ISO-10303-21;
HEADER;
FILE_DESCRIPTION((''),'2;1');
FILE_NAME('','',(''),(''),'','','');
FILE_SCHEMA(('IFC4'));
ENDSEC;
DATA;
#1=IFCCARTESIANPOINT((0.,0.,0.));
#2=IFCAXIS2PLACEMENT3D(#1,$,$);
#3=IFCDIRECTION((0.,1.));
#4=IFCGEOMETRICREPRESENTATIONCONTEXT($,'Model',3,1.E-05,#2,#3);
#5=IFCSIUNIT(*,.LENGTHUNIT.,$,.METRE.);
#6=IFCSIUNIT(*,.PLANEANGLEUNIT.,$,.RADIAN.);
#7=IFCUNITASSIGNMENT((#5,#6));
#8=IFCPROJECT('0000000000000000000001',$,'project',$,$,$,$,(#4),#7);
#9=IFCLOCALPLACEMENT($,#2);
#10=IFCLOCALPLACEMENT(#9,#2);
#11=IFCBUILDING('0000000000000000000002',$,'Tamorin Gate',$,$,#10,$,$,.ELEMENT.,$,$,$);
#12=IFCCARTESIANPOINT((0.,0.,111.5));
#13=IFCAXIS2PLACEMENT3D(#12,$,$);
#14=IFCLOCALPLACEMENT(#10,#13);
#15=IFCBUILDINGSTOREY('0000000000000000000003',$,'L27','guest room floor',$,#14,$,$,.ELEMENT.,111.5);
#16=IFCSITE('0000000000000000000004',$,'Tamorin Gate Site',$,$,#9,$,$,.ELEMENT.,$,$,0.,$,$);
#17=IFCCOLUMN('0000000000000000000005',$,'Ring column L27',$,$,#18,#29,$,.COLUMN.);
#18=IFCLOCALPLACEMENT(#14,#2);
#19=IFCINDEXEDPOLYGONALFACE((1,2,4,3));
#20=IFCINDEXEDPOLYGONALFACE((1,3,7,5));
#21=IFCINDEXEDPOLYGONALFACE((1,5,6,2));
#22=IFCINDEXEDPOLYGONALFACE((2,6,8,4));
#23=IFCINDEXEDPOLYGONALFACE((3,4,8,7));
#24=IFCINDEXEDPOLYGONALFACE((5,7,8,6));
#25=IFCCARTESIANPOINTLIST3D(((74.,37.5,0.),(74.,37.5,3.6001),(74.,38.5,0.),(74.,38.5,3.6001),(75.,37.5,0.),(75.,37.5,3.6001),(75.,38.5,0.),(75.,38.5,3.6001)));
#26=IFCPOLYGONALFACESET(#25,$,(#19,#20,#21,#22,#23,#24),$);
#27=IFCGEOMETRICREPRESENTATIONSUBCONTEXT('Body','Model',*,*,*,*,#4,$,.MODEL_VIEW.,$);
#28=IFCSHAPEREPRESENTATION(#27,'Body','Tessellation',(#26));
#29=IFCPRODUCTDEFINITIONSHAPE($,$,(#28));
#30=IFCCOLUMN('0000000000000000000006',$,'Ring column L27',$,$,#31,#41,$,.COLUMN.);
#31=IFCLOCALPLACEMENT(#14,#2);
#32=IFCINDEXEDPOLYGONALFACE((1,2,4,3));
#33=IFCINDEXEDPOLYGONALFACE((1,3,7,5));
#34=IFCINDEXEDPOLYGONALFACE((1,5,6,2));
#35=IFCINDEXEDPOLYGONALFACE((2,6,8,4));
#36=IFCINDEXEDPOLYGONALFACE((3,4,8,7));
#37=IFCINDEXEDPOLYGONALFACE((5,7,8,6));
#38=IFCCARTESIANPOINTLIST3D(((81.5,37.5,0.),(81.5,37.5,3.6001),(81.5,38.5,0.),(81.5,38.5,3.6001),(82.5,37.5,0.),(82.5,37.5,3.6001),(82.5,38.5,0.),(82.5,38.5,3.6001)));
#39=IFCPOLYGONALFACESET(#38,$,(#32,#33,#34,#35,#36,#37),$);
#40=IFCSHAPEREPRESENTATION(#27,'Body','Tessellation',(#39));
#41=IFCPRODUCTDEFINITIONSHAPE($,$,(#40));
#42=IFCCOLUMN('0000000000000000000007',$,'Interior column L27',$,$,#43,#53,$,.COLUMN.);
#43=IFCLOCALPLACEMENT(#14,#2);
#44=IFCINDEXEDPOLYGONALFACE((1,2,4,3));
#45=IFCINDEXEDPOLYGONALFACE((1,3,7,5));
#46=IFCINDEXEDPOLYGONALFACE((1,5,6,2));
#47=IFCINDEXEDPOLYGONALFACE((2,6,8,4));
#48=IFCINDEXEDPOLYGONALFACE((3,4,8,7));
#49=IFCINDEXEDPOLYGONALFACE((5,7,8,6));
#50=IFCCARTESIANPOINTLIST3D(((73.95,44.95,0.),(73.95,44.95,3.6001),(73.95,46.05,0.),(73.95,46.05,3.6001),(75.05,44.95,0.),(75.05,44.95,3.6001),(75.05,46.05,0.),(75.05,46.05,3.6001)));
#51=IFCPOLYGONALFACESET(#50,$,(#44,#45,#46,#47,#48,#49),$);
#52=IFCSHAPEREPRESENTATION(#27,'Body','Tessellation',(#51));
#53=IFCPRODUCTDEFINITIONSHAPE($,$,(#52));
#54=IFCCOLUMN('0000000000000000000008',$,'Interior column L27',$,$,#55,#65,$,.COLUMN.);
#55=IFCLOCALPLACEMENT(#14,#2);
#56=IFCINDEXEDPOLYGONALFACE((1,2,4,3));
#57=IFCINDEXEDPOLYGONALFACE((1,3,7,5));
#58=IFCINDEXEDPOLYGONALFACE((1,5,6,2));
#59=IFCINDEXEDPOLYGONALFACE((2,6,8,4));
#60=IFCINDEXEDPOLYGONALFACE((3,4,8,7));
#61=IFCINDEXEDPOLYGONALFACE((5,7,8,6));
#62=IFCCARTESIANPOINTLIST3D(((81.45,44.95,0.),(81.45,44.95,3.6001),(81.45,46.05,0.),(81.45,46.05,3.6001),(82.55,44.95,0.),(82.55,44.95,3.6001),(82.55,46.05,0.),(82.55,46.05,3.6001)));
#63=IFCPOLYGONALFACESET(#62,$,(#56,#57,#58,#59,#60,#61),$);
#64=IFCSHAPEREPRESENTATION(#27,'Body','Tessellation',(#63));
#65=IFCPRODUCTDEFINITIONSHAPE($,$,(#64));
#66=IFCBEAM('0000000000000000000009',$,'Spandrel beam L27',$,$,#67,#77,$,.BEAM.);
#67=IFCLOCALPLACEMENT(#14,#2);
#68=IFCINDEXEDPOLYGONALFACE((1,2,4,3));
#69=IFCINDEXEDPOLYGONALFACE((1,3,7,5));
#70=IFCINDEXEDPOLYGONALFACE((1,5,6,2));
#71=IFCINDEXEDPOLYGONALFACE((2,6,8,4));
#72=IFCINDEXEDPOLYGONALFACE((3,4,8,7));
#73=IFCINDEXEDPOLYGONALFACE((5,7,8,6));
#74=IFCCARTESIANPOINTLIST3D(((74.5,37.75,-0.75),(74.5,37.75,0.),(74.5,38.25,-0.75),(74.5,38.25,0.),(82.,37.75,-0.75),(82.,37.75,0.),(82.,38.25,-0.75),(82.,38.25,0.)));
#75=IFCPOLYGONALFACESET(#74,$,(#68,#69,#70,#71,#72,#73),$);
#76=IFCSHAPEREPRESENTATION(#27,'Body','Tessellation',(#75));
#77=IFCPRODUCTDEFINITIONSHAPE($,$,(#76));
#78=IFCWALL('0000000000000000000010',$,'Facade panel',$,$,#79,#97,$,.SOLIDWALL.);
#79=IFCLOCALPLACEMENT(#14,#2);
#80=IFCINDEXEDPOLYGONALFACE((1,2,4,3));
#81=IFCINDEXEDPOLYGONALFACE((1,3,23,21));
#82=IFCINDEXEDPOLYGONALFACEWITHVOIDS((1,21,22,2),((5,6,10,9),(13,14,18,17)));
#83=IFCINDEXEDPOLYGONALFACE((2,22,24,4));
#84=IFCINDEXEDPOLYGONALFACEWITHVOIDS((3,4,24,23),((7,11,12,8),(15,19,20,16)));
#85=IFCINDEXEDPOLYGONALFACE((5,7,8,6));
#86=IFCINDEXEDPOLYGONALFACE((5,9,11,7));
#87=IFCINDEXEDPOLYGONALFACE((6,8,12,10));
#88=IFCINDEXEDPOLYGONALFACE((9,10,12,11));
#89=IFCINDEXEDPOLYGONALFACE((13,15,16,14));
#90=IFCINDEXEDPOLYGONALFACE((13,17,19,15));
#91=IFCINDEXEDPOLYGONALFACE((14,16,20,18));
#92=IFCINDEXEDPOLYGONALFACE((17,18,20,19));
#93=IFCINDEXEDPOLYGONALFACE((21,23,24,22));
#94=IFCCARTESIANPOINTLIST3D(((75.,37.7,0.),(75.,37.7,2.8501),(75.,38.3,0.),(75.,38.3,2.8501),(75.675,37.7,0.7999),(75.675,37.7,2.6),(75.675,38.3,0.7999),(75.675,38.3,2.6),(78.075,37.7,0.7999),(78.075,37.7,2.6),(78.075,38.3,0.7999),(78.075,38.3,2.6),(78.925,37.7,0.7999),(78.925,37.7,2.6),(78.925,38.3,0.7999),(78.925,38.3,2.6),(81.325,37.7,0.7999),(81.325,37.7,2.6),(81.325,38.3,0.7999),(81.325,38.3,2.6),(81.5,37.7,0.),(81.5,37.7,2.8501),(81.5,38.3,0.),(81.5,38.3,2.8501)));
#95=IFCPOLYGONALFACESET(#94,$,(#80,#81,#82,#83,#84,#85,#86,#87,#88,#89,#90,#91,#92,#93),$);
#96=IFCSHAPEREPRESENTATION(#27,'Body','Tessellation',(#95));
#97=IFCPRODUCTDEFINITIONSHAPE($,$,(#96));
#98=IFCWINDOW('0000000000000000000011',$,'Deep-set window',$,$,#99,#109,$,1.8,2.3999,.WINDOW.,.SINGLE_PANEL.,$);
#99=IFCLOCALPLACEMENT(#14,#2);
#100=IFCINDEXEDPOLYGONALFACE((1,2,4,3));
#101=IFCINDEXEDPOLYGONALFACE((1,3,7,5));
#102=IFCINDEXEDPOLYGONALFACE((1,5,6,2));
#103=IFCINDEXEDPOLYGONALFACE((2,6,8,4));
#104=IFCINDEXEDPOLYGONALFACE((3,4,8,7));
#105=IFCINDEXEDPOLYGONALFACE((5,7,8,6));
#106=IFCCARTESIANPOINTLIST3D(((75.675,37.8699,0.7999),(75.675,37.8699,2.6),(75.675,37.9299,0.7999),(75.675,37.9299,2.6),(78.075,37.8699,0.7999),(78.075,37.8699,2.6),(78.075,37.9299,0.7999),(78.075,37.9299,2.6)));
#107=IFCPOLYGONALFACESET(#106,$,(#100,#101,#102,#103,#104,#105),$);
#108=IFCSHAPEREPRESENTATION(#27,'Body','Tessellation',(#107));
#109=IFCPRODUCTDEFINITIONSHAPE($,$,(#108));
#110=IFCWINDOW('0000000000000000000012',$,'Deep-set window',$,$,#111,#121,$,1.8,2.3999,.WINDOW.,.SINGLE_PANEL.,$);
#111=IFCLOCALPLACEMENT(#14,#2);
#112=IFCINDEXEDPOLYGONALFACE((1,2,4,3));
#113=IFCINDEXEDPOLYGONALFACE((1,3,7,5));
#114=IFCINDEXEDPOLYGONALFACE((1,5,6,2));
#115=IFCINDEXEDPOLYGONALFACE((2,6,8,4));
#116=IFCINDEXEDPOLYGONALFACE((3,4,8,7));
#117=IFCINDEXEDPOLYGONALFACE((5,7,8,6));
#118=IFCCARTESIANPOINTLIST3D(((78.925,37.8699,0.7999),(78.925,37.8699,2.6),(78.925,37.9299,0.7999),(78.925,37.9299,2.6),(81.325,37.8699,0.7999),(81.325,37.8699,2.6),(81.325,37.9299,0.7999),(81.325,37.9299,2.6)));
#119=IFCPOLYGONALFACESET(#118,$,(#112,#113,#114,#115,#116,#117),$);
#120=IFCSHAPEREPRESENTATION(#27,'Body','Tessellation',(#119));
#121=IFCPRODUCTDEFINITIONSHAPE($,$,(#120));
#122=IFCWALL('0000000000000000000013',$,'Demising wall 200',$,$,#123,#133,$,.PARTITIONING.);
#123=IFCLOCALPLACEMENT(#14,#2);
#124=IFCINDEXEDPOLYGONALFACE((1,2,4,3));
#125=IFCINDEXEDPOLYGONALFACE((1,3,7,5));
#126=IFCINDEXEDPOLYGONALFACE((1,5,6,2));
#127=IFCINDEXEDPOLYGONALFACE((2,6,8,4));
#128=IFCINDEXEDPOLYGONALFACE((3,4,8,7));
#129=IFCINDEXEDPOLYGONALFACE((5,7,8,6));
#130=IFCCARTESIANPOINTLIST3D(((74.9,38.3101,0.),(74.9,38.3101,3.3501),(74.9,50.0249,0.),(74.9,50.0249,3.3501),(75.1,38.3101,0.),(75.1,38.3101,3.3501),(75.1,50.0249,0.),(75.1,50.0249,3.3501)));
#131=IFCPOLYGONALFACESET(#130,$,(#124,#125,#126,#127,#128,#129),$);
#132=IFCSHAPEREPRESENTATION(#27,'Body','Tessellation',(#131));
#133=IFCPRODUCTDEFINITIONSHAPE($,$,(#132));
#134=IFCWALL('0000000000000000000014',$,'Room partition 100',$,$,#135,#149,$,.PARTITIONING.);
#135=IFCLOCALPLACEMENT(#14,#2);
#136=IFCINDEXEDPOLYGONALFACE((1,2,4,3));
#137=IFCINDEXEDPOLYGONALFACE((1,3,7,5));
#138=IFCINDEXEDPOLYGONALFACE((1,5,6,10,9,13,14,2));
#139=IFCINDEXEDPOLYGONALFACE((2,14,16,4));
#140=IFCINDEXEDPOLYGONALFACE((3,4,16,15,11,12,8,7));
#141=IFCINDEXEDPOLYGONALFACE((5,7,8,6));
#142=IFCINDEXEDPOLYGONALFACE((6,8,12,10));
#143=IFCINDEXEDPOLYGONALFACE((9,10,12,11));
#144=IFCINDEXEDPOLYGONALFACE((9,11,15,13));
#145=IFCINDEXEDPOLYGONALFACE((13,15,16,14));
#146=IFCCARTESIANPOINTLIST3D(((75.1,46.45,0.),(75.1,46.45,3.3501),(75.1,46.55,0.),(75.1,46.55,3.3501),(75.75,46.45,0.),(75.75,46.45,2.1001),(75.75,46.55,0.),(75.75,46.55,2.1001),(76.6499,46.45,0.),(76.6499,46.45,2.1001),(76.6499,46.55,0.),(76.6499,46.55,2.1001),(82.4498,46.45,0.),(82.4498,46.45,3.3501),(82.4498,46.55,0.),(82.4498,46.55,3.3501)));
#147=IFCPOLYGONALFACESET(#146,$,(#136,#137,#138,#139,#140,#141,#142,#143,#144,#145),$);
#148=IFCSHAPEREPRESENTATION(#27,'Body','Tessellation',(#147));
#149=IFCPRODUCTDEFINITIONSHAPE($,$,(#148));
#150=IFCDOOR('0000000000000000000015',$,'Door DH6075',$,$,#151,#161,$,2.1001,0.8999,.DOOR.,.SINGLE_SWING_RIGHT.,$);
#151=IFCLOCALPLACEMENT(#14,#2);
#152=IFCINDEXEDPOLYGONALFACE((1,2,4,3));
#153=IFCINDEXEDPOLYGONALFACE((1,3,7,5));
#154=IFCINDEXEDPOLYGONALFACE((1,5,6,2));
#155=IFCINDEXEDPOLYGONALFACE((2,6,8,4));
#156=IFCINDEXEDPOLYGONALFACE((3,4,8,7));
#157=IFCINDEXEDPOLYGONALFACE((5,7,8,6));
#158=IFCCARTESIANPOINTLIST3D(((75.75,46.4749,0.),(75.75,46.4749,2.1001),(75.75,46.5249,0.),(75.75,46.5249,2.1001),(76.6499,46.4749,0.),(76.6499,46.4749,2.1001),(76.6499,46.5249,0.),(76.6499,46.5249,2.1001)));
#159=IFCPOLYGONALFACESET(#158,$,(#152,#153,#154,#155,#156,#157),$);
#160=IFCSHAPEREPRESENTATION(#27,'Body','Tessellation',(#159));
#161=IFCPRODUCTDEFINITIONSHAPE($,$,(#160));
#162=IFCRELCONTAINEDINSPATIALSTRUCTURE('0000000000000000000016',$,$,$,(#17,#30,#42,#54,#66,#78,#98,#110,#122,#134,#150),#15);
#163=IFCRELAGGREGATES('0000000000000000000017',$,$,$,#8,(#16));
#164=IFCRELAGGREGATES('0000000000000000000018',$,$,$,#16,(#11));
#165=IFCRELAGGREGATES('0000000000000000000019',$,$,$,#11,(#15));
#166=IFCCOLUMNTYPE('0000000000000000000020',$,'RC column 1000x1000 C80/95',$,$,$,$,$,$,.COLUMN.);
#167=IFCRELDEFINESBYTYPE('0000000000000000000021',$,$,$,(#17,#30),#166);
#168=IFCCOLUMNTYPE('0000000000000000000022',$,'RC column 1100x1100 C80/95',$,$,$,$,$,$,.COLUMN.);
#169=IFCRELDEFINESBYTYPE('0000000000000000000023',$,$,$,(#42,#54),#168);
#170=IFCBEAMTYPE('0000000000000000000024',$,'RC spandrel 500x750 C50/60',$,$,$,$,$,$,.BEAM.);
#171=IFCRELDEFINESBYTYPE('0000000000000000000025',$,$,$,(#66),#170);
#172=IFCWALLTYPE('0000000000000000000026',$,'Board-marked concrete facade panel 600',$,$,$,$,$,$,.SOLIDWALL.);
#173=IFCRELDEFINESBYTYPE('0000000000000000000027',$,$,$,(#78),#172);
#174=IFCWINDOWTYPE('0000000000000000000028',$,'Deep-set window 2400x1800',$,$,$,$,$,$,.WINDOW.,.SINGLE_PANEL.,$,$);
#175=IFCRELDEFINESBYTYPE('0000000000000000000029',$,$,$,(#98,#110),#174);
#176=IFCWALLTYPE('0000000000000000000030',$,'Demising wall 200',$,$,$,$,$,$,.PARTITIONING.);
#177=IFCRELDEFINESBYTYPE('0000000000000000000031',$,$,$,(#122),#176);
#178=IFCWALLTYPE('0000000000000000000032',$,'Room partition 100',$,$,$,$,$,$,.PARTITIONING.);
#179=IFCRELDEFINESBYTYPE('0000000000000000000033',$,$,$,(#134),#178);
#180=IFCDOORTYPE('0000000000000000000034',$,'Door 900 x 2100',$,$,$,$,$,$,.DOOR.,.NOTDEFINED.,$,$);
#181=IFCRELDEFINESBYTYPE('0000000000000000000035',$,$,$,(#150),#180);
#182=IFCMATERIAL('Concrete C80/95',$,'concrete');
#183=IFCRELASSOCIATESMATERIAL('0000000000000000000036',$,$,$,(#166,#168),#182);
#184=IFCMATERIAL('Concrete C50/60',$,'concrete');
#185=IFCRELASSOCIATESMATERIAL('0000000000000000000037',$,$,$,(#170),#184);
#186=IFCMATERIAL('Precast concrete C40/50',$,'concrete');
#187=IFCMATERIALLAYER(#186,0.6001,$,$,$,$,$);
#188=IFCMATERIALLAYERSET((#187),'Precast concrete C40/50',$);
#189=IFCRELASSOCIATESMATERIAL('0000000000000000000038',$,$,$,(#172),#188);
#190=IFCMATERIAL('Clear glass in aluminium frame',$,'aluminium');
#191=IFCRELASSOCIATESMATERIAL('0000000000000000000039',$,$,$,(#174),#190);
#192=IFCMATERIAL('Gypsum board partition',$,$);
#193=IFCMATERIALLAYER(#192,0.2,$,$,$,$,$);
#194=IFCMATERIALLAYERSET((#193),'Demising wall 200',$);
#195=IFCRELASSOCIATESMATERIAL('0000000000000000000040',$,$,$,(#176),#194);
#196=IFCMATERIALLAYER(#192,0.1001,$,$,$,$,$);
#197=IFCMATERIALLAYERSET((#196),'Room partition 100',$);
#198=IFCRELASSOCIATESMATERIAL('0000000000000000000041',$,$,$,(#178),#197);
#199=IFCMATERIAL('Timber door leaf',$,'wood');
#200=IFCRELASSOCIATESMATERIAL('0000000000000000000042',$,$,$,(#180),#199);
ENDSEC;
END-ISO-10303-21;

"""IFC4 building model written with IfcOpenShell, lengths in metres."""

from ifc_helpers import new_model, si_unit, direction, frame, frame_2d, origin, origin_2d, place, context, subcontext, project, spatial, rectangle, extrude, material, layer, layer_set, material_profile, profile_set, type_object, element, fill, save


model = new_model("IFC4")

# Units and contexts
model_context = context("Model", 3, precision=1e-05, world=origin(), true_north=direction((0.0, 1.0)))
body_context = subcontext(model_context, "Body", "Model", "MODEL_VIEW")
ifc_project = project(units=[si_unit("LENGTHUNIT", "METRE"), si_unit("PLANEANGLEUNIT", "RADIAN")], contexts=[model_context])

# Site, building, storey
site_placement = place(None, origin())
site = spatial("IfcSite", under=ifc_project, at=site_placement, Name="Tamorin Gate Site", CompositionType="ELEMENT", RefElevation=0.0)
building_placement = place(site_placement, origin())
building = spatial("IfcBuilding", under=site, at=building_placement, Name="Tamorin Gate", CompositionType="ELEMENT")
storey_placement = place(building_placement, frame((0.0, 0.0, 111.5)))
storey = spatial("IfcBuildingStorey", under=building, at=storey_placement, Name="L27", Description="guest room floor", CompositionType="ELEMENT", Elevation=111.5)

# Columns
ifc_material_1 = material(Name="Concrete C80/95", Category="concrete")
ifc_material_profile_1 = material_profile(ifc_material_1, rectangle(XDim=1.0, YDim=1.0, at=origin_2d()), Name="RC 1000x1000")
ifc_profile_set_1 = profile_set([ifc_material_profile_1], Name="Concrete C80/95")
column_type_1 = type_object("IfcColumnType", Name="RC column 1000x1000 C80/95", PredefinedType="COLUMN", material=ifc_profile_set_1)
for number, where, z_axis, x_axis, name in (
    (1, (74.5, 38.0, 0.0), (0.0, 0.0, 1.0), (1.0, 0.0, 0.0), "Ring column L27"),
    (2, (82.0, 38.0, 0.0), (0.0, 0.0, 1.0), (1.0, 0.0, 0.0), "Ring column L27"),
):
    element("IfcColumn", number, at=place(storey_placement, frame(where, z_axis=z_axis, x_axis=x_axis)), inside=storey, type_object=column_type_1, Name=name, PredefinedType="COLUMN", context=body_context, shape_type="SweptSolid", body=[
        extrude(rectangle(XDim=1.0, YDim=1.0, at=origin_2d()), origin(), (0.0, 0.0, 1.0), 3.6001),
    ])
ifc_material_profile_2 = material_profile(ifc_material_1, rectangle(XDim=1.1001, YDim=1.1001, at=origin_2d()), Name="RC 1100x1100")
ifc_profile_set_2 = profile_set([ifc_material_profile_2], Name="Concrete C80/95")
column_type_2 = type_object("IfcColumnType", Name="RC column 1100x1100 C80/95", PredefinedType="COLUMN", material=ifc_profile_set_2)
for number, where, z_axis, x_axis, name in (
    (3, (74.5, 45.5, 0.0), (0.0, 0.0, 1.0), (1.0, 0.0, 0.0), "Interior column L27"),
    (4, (82.0, 45.5, 0.0), (0.0, 0.0, 1.0), (1.0, 0.0, 0.0), "Interior column L27"),
):
    element("IfcColumn", number, at=place(storey_placement, frame(where, z_axis=z_axis, x_axis=x_axis)), inside=storey, type_object=column_type_2, Name=name, PredefinedType="COLUMN", context=body_context, shape_type="SweptSolid", body=[
        extrude(rectangle(XDim=1.1001, YDim=1.1001, at=origin_2d()), origin(), (0.0, 0.0, 1.0), 3.6001),
    ])

# Beam
ifc_material_2 = material(Name="Concrete C50/60", Category="concrete")
ifc_material_profile_3 = material_profile(ifc_material_2, rectangle(XDim=0.5, YDim=0.75, at=origin_2d()), Name="RC 500x750")
ifc_profile_set_3 = profile_set([ifc_material_profile_3], Name="Concrete C50/60")
beam_type = type_object("IfcBeamType", Name="RC spandrel 500x750 C50/60", PredefinedType="BEAM", material=ifc_profile_set_3)
beam_placement = place(storey_placement, frame((74.5, 38.0, -0.375), z_axis=(1.0, 0.0, 0.0), x_axis=(0.0, 1.0, 0.0)))
element("IfcBeam", 5, at=beam_placement, inside=storey, type_object=beam_type, Name="Spandrel beam L27", PredefinedType="BEAM", context=body_context, shape_type="SweptSolid", body=[
    extrude(rectangle(XDim=0.5, YDim=0.75, at=origin_2d()), origin(), (0.0, 0.0, 1.0), 7.5),
])

# Wall, openings, windows
ifc_material_3 = material(Name="Precast concrete C40/50", Category="concrete")
ifc_layer_1 = layer(ifc_material_3, 0.6001)
ifc_layer_set_1 = layer_set([ifc_layer_1], Name="Precast concrete C40/50")
wall_type_1 = type_object("IfcWallType", Name="Board-marked concrete facade panel 600", PredefinedType="SOLIDWALL", material=ifc_layer_set_1)
wall_1_placement = place(storey_placement, frame((75.0, 38.0, 0.0), z_axis=(0.0, 0.0, 1.0), x_axis=(1.0, 0.0, 0.0)))
wall_1 = element("IfcWall", 6, at=wall_1_placement, inside=storey, type_object=wall_type_1, Name="Facade panel", PredefinedType="SOLIDWALL", context=body_context, shape_type="SweptSolid", body=[
    extrude(rectangle(XDim=6.5, YDim=0.6001, at=frame_2d((3.25, 0.0))), origin(), (0.0, 0.0, 1.0), 2.8501),
])
opening_1_placement = place(wall_1_placement, frame((0.675, 0.0, 0.8)))
opening_1 = element("IfcOpeningElement", 7, at=opening_1_placement, cuts=wall_1, PredefinedType="OPENING", context=body_context, shape_type="SweptSolid", body=[
    extrude(rectangle(XDim=2.3999, YDim=1.8, at=frame_2d((1.2, 0.8999))), frame((0.0, 0.3101, 0.0), z_axis=(0.0, -1.0, 0.0), x_axis=(1.0, 0.0, 0.0)), (0.0, 0.0, 1.0), 0.6201),
])
opening_2_placement = place(wall_1_placement, frame((3.925, 0.0, 0.8)))
opening_2 = element("IfcOpeningElement", 8, at=opening_2_placement, cuts=wall_1, PredefinedType="OPENING", context=body_context, shape_type="SweptSolid", body=[
    extrude(rectangle(XDim=2.3999, YDim=1.8, at=frame_2d((1.2, 0.8999))), frame((0.0, 0.3101, 0.0), z_axis=(0.0, -1.0, 0.0), x_axis=(1.0, 0.0, 0.0)), (0.0, 0.0, 1.0), 0.6201),
])
ifc_material_4 = material(Name="Clear glass in aluminium frame", Category="aluminium")
window_type = type_object("IfcWindowType", Name="Deep-set window 2400x1800", PartitioningType="SINGLE_PANEL", PredefinedType="WINDOW", material=ifc_material_4)
window_1_placement = place(opening_1_placement, origin())
window_1 = element("IfcWindow", 9, at=window_1_placement, inside=storey, type_object=window_type, Name="Deep-set window", OverallHeight=1.8, OverallWidth=2.3999, PartitioningType="SINGLE_PANEL", PredefinedType="WINDOW", context=body_context, shape_type="SweptSolid", body=[
    extrude(rectangle(XDim=2.3999, YDim=1.8, at=frame_2d((1.2, 0.8999))), frame((0.0, -0.0701, 0.0), z_axis=(0.0, -1.0, 0.0), x_axis=(1.0, 0.0, 0.0)), (0.0, 0.0, 1.0), 0.0601),
])
fill(opening_1, window_1)
window_2_placement = place(opening_2_placement, origin())
window_2 = element("IfcWindow", 10, at=window_2_placement, inside=storey, type_object=window_type, Name="Deep-set window", OverallHeight=1.8, OverallWidth=2.3999, PartitioningType="SINGLE_PANEL", PredefinedType="WINDOW", context=body_context, shape_type="SweptSolid", body=[
    extrude(rectangle(XDim=2.3999, YDim=1.8, at=frame_2d((1.2, 0.8999))), frame((0.0, -0.0701, 0.0), z_axis=(0.0, -1.0, 0.0), x_axis=(1.0, 0.0, 0.0)), (0.0, 0.0, 1.0), 0.0601),
])
fill(opening_2, window_2)

# Wall
ifc_material_5 = material(Name="Gypsum board partition")
ifc_layer_2 = layer(ifc_material_5, 0.2)
ifc_layer_set_2 = layer_set([ifc_layer_2], Name="Demising wall 200")
wall_type_2 = type_object("IfcWallType", Name="Demising wall 200", PredefinedType="PARTITIONING", material=ifc_layer_set_2)
wall_2_placement = place(storey_placement, frame((75.0, 38.3101, 0.0), z_axis=(0.0, 0.0, 1.0), x_axis=(0.0, 1.0, 0.0)))
element("IfcWall", 11, at=wall_2_placement, inside=storey, type_object=wall_type_2, Name="Demising wall 200", PredefinedType="PARTITIONING", context=body_context, shape_type="SweptSolid", body=[
    extrude(rectangle(XDim=11.7148, YDim=0.2, at=frame_2d((5.8574, 0.0))), origin(), (0.0, 0.0, 1.0), 3.3501),
])

# Wall, opening, door
ifc_layer_3 = layer(ifc_material_5, 0.1001)
ifc_layer_set_3 = layer_set([ifc_layer_3], Name="Room partition 100")
wall_type_3 = type_object("IfcWallType", Name="Room partition 100", PredefinedType="PARTITIONING", material=ifc_layer_set_3)
wall_3_placement = place(storey_placement, frame((75.1001, 46.5, 0.0), z_axis=(0.0, 0.0, 1.0), x_axis=(1.0, 0.0, 0.0)))
wall_3 = element("IfcWall", 12, at=wall_3_placement, inside=storey, type_object=wall_type_3, Name="Room partition 100", PredefinedType="PARTITIONING", context=body_context, shape_type="SweptSolid", body=[
    extrude(rectangle(XDim=7.3499, YDim=0.1001, at=frame_2d((3.6748, 0.0))), origin(), (0.0, 0.0, 1.0), 3.3501),
])
opening_3_placement = place(wall_3_placement, frame((0.6499, 0.0, 0.0)))
opening_3 = element("IfcOpeningElement", 13, at=opening_3_placement, cuts=wall_3, PredefinedType="OPENING", context=body_context, shape_type="SweptSolid", body=[
    extrude(rectangle(XDim=0.8999, YDim=2.1001, at=frame_2d((0.45, 1.05))), frame((0.0, 0.0601, 0.0), z_axis=(0.0, -1.0, 0.0), x_axis=(1.0, 0.0, 0.0)), (0.0, 0.0, 1.0), 0.1201),
])
ifc_material_6 = material(Name="Timber door leaf", Category="wood")
door_type = type_object("IfcDoorType", Name="Door 900 x 2100", OperationType="NOTDEFINED", PredefinedType="DOOR", material=ifc_material_6)
door_1_placement = place(opening_3_placement, origin())
door_1 = element("IfcDoor", 14, at=door_1_placement, inside=storey, type_object=door_type, Name="Door DH6075", OperationType="SINGLE_SWING_RIGHT", OverallHeight=2.1001, OverallWidth=0.8999, PredefinedType="DOOR", context=body_context, shape_type="SweptSolid", body=[
    extrude(rectangle(XDim=0.8999, YDim=2.1001, at=frame_2d((0.45, 1.05))), frame((0.0, 0.0249, 0.0), z_axis=(0.0, -1.0, 0.0), x_axis=(1.0, 0.0, 0.0)), (0.0, 0.0, 1.0), 0.05),
])
fill(opening_3, door_1)

save(model, "model.ifc")
